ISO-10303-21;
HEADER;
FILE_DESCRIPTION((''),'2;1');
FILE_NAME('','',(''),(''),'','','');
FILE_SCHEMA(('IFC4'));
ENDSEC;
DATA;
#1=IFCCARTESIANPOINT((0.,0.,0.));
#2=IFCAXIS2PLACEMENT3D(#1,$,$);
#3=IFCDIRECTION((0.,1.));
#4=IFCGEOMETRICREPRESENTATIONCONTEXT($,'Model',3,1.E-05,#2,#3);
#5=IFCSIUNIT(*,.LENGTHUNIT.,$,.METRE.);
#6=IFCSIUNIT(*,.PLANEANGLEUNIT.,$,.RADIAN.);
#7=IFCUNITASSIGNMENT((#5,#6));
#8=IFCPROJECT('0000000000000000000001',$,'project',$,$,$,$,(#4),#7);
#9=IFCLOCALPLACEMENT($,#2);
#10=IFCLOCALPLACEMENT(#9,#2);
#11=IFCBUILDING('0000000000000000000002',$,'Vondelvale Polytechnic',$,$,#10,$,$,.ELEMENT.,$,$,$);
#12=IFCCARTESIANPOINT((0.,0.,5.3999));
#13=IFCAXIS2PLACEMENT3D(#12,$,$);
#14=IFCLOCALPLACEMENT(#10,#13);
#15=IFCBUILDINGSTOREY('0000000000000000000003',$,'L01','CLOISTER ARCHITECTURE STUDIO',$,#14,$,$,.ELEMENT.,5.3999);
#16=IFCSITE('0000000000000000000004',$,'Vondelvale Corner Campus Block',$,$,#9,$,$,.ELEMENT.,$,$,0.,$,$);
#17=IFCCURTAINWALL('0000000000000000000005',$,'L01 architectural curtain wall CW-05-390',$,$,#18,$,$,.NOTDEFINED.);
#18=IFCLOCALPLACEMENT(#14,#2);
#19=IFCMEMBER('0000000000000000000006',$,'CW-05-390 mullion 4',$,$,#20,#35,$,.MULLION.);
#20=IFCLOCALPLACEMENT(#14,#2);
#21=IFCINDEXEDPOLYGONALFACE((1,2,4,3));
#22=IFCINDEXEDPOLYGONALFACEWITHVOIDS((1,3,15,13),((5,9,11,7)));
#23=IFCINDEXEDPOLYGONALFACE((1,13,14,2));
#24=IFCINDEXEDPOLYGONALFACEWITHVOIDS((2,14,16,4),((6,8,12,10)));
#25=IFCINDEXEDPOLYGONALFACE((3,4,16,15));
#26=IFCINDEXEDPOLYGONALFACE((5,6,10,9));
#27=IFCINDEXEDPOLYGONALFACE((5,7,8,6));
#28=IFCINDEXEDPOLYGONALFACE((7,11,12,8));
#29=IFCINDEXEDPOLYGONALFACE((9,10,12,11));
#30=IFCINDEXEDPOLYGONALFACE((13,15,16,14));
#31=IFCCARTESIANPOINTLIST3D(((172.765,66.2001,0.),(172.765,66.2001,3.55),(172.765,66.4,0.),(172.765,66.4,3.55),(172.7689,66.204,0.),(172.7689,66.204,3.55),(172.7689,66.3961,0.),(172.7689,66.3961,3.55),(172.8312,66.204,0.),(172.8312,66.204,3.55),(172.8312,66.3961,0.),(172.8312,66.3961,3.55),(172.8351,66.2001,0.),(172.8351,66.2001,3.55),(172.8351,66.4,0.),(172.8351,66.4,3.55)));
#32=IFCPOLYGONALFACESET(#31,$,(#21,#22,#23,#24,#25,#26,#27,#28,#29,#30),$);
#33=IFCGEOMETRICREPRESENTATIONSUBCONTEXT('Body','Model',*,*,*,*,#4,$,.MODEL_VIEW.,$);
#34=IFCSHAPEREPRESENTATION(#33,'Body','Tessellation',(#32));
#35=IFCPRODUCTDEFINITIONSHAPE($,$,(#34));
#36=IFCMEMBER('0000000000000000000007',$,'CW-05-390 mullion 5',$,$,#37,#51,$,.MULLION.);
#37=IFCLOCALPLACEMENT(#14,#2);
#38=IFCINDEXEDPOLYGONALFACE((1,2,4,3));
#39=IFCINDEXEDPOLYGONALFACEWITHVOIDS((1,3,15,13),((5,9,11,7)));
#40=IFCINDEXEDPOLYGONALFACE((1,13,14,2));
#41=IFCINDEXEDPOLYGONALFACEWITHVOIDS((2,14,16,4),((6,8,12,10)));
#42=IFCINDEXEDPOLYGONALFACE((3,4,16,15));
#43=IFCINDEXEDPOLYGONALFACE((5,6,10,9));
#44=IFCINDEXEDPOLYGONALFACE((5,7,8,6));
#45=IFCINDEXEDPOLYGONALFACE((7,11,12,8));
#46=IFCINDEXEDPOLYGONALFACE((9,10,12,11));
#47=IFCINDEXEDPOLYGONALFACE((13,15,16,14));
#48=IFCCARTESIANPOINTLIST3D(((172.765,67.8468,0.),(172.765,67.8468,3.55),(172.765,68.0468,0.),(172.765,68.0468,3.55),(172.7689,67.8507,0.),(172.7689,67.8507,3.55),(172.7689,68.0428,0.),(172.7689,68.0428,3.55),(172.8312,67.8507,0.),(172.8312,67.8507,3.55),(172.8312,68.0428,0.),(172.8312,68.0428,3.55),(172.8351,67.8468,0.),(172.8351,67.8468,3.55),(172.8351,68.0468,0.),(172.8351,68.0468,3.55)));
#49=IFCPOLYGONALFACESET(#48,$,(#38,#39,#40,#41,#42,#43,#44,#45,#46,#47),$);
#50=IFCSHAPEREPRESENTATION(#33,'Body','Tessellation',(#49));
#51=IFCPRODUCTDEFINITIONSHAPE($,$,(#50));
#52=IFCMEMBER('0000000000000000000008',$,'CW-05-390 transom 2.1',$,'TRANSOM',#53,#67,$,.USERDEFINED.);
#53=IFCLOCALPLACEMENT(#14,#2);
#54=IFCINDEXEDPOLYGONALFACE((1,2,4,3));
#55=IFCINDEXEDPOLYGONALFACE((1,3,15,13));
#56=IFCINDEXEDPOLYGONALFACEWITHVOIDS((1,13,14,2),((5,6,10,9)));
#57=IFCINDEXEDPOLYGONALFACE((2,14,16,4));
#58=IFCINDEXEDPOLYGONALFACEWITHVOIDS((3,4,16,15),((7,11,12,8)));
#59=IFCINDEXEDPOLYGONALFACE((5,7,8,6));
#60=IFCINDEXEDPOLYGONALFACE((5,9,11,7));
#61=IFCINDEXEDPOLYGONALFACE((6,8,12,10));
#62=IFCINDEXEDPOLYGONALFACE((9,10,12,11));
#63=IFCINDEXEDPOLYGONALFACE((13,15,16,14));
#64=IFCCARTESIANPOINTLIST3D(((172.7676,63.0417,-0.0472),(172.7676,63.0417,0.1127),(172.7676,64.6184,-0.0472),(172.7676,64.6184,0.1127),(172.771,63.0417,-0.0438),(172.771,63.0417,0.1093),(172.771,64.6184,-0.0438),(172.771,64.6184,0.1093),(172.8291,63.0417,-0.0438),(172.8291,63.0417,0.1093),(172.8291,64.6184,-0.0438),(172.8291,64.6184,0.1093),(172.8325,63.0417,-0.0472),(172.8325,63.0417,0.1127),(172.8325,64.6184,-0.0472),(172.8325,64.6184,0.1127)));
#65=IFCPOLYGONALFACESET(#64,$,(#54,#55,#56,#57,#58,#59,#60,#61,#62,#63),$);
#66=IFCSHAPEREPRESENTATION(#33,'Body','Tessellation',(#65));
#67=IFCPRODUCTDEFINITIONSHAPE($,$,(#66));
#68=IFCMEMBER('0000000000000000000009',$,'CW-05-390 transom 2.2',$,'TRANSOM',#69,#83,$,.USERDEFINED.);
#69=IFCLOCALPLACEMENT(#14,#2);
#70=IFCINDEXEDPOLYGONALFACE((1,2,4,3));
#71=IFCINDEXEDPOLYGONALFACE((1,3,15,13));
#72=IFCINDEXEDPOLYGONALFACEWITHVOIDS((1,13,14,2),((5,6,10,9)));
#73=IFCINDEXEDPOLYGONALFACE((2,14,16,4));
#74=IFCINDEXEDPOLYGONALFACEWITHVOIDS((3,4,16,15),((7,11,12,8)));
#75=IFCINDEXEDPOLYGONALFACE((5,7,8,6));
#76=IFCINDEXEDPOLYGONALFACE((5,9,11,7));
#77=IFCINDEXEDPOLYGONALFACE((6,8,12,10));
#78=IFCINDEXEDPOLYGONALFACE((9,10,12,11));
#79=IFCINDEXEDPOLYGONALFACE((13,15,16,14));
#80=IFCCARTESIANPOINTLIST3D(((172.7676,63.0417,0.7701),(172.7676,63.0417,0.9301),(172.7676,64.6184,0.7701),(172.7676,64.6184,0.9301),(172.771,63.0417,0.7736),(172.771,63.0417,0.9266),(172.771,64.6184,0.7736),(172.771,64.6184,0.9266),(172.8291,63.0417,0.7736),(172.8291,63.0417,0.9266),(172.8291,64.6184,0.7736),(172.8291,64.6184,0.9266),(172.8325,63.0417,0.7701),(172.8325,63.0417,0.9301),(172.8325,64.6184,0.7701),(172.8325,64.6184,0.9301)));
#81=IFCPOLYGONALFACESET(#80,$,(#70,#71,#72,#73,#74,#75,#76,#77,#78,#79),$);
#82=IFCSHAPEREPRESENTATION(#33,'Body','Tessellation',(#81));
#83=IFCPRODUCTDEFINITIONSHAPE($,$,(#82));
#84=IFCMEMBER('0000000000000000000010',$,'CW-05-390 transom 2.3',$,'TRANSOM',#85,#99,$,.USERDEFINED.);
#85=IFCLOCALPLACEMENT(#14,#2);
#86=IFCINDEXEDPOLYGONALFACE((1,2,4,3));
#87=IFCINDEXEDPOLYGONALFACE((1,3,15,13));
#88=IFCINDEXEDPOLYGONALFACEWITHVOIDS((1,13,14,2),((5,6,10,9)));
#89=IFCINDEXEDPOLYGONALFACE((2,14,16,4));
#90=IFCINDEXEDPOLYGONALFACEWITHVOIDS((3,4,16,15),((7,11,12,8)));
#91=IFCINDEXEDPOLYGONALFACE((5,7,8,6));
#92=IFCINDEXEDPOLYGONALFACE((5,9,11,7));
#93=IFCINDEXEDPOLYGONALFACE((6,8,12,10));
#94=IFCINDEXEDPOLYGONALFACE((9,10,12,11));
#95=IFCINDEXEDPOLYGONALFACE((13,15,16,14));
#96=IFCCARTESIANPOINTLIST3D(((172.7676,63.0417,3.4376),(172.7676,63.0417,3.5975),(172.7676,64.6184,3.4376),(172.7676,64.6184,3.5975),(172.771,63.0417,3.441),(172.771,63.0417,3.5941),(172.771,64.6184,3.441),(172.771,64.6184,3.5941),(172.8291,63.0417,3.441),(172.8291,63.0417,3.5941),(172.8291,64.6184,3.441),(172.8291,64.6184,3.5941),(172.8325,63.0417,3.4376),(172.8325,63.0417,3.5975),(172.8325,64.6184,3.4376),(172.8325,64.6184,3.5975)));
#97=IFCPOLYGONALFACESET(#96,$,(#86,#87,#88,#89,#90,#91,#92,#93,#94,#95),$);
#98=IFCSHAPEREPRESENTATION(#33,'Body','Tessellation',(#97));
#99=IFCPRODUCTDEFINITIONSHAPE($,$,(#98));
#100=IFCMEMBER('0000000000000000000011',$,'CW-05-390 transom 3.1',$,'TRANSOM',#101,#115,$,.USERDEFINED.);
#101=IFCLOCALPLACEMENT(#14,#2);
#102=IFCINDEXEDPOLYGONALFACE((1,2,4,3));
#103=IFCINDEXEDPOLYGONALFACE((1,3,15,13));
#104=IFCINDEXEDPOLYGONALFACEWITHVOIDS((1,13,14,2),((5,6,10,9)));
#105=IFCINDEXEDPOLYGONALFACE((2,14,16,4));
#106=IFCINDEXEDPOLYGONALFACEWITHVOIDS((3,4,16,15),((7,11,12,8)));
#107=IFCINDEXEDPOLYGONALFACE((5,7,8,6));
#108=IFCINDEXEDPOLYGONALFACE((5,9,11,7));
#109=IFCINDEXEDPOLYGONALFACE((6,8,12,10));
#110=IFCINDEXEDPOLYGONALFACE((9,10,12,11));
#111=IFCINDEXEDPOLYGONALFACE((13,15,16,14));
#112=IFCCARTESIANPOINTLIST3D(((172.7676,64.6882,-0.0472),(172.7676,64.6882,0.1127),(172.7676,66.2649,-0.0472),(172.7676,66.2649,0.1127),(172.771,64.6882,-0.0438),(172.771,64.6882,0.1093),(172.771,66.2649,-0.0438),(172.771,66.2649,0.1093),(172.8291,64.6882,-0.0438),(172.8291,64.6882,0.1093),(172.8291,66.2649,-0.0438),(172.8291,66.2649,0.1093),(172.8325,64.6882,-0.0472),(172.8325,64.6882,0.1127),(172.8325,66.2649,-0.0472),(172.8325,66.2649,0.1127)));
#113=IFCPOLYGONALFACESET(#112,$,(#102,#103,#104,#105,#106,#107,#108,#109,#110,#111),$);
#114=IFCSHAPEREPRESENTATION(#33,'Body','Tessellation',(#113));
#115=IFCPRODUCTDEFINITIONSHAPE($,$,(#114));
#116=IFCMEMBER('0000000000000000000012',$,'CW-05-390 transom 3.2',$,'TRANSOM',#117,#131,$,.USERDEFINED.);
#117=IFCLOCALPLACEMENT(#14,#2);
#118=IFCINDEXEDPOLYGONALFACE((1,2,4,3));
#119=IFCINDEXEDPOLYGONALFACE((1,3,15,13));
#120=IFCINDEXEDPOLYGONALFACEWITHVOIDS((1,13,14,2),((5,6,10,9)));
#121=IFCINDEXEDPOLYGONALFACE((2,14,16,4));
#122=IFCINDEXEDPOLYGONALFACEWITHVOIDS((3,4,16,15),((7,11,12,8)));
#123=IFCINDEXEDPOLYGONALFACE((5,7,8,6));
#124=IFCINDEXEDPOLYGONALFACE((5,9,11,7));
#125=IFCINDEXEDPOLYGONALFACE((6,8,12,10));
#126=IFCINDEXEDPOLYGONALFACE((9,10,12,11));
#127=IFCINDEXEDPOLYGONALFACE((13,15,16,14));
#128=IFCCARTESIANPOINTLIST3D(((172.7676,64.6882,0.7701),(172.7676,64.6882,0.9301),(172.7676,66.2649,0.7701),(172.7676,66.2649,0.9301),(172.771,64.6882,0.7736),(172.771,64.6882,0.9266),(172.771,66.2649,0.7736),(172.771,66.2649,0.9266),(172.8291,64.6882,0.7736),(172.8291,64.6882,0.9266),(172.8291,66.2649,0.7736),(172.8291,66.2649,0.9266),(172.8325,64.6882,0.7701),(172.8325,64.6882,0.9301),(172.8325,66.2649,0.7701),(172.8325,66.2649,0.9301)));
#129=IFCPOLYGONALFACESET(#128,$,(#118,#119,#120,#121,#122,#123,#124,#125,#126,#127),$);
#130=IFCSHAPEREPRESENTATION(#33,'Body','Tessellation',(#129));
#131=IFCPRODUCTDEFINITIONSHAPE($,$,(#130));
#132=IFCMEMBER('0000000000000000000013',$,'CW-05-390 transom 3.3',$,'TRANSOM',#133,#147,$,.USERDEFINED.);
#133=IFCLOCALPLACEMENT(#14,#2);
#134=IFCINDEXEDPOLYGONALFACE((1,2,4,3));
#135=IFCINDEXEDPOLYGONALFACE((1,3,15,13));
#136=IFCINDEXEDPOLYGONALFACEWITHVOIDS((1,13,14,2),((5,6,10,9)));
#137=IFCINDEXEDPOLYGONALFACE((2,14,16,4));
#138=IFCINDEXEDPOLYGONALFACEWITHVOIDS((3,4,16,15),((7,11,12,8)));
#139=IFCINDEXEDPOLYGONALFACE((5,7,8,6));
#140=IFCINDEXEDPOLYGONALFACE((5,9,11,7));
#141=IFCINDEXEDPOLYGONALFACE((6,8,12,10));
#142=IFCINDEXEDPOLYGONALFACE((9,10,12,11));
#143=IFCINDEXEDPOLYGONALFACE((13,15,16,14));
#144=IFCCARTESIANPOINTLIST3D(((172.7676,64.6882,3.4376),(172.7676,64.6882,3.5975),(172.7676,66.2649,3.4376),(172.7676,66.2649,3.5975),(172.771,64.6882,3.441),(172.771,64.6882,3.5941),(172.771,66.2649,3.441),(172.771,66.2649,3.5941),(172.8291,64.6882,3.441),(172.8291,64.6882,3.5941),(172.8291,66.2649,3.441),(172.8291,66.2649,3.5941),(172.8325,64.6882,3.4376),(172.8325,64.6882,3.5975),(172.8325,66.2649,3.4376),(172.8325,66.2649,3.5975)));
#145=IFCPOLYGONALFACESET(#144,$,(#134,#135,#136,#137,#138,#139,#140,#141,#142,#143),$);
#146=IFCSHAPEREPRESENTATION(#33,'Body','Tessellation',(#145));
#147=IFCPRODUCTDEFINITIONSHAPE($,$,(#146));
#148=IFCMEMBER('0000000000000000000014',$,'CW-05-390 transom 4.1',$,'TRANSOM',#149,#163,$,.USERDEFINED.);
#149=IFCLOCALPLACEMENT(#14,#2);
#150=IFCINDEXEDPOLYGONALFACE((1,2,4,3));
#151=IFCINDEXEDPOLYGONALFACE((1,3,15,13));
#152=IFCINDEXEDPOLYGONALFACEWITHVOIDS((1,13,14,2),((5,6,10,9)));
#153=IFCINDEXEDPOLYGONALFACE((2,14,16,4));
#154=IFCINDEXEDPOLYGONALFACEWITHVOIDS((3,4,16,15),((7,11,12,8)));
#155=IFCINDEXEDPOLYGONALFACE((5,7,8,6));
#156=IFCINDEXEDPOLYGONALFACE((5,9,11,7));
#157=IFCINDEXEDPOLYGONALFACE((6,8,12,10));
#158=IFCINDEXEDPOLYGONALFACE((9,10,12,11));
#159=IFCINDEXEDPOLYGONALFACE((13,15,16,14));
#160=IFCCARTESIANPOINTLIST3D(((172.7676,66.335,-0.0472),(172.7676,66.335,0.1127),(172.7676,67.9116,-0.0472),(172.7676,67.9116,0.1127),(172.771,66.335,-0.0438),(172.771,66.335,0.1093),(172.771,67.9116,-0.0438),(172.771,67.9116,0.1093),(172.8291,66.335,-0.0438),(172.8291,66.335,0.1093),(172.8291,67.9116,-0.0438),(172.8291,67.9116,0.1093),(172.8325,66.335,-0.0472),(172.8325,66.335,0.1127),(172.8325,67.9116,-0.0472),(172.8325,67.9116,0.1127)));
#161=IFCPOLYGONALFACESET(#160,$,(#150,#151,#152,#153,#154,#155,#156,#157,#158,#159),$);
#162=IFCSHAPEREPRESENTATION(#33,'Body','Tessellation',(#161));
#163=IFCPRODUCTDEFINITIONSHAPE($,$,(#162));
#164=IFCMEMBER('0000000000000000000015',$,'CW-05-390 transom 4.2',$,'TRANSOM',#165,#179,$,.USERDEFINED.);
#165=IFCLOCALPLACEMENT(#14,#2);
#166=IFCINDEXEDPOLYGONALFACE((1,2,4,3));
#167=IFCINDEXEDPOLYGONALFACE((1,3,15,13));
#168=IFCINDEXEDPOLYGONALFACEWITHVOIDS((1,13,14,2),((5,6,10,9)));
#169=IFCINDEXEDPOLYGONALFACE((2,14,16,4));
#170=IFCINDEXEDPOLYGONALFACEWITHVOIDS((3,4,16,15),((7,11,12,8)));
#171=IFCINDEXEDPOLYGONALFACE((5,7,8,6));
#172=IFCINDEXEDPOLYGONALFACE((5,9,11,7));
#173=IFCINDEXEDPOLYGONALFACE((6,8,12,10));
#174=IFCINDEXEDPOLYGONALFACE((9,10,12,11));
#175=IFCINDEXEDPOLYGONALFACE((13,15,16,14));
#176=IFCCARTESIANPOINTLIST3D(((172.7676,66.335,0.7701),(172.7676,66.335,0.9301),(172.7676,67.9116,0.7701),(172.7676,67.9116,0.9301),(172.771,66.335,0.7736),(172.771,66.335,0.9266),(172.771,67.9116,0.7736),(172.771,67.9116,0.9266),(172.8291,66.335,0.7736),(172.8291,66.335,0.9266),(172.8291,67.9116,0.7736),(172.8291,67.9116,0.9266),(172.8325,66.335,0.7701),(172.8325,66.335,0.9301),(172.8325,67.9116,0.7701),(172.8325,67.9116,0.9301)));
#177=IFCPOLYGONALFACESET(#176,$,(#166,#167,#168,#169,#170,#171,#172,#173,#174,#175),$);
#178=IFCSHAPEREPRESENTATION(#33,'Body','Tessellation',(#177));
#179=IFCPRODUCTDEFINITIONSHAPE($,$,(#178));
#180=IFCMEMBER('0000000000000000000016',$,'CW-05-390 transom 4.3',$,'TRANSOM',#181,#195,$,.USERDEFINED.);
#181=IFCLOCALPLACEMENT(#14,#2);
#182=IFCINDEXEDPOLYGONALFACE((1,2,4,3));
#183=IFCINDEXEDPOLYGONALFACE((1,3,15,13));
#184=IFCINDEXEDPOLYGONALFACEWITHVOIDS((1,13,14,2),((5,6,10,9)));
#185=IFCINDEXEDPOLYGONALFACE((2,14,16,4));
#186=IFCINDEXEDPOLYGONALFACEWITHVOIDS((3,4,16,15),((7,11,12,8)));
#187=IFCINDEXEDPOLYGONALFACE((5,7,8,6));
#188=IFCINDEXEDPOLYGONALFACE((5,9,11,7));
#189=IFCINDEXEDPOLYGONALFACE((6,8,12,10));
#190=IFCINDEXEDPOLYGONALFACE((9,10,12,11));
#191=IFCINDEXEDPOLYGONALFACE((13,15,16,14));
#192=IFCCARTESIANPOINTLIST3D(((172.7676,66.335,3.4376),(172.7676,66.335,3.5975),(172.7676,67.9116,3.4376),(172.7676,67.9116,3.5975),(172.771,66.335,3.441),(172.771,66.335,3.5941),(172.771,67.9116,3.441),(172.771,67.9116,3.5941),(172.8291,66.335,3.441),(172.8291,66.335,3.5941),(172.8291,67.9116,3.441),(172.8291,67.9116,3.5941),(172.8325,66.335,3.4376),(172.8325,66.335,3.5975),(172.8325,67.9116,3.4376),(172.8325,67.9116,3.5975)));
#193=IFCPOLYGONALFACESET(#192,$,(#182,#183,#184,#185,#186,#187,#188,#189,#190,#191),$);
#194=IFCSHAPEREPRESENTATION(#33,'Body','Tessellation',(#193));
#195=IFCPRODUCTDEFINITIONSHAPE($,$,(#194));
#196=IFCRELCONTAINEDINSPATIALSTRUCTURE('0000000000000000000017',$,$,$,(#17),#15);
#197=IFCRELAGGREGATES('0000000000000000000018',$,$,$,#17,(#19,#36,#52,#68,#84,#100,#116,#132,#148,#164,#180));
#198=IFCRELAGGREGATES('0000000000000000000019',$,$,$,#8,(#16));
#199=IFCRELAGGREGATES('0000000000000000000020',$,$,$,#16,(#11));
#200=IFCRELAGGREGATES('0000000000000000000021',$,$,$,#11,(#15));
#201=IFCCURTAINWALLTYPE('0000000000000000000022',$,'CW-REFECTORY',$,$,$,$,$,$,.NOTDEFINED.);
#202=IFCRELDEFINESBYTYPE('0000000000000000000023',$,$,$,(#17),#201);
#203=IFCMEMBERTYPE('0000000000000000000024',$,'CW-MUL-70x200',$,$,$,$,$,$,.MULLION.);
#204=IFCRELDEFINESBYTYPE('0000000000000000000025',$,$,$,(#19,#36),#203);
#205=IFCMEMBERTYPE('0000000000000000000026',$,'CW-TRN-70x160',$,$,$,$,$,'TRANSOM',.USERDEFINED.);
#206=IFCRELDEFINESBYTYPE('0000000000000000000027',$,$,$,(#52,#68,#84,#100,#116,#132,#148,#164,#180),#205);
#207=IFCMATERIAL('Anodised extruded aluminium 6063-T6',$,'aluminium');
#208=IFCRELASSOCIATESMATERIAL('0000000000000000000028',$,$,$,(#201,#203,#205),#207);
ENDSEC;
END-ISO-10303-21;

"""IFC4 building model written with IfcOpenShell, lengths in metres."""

from ifc_helpers import new_model, si_unit, direction, frame, origin, origin_2d, place, context, subcontext, project, spatial, hollow_rectangle, extrude, material, material_profile, profile_set, type_object, element, aggregate, save


model = new_model("IFC4")

# Units and contexts
model_context = context("Model", 3, precision=1e-05, world=origin(), true_north=direction((0.0, 1.0)))
body_context = subcontext(model_context, "Body", "Model", "MODEL_VIEW")
ifc_project = project(units=[si_unit("LENGTHUNIT", "METRE"), si_unit("PLANEANGLEUNIT", "RADIAN")], contexts=[model_context])

# Site, building, storey
site_placement = place(None, origin())
site = spatial("IfcSite", under=ifc_project, at=site_placement, Name="Vondelvale Corner Campus Block", CompositionType="ELEMENT", RefElevation=0.0)
building_placement = place(site_placement, origin())
building = spatial("IfcBuilding", under=site, at=building_placement, Name="Vondelvale Polytechnic", CompositionType="ELEMENT")
storey_placement = place(building_placement, frame((0.0, 0.0, 5.3999)))
storey = spatial("IfcBuildingStorey", under=building, at=storey_placement, Name="L01", Description="CLOISTER ARCHITECTURE STUDIO", CompositionType="ELEMENT", Elevation=5.3999)

# Curtain wall, members
ifc_material_1 = material(Name="Anodised extruded aluminium 6063-T6", Category="aluminium")
curtain_wall_type = type_object("IfcCurtainWallType", Name="CW-REFECTORY", PredefinedType="NOTDEFINED", material=ifc_material_1)
curtain_wall_placement = place(storey_placement, origin())
curtain_wall = element("IfcCurtainWall", 1, at=curtain_wall_placement, inside=storey, type_object=curtain_wall_type, Name="L01 architectural curtain wall CW-05-390", PredefinedType="NOTDEFINED")
ifc_material_profile_1 = material_profile(ifc_material_1, hollow_rectangle(XDim=0.0701, YDim=0.2, WallThickness=0.0039, at=origin_2d()), Name="CW-MUL-200x70")
ifc_profile_set_1 = profile_set([ifc_material_profile_1], Name="Anodised extruded aluminium 6063-T6")
member_type_1 = type_object("IfcMemberType", Name="CW-MUL-70x200", PredefinedType="MULLION", material=ifc_profile_set_1)
member_1_placement = place(storey_placement, frame((172.8, 66.3, 0.0), z_axis=(0.0, 0.0, 1.0), x_axis=(-1.0, 0.0, 0.0)))
member_1 = element("IfcMember", 2, at=member_1_placement, type_object=member_type_1, Name="CW-05-390 mullion 4", PredefinedType="MULLION", context=body_context, shape_type="SweptSolid", body=[
    extrude(hollow_rectangle(XDim=0.0701, YDim=0.2, WallThickness=0.0039, at=origin_2d()), origin(), (0.0, 0.0, 1.0), 3.55),
])
member_2_placement = place(storey_placement, frame((172.8, 67.9468, 0.0), z_axis=(0.0, 0.0, 1.0), x_axis=(-1.0, 0.0, 0.0)))
member_2 = element("IfcMember", 3, at=member_2_placement, type_object=member_type_1, Name="CW-05-390 mullion 5", PredefinedType="MULLION", context=body_context, shape_type="SweptSolid", body=[
    extrude(hollow_rectangle(XDim=0.0701, YDim=0.2, WallThickness=0.0039, at=origin_2d()), origin(), (0.0, 0.0, 1.0), 3.55),
])
ifc_material_profile_2 = material_profile(ifc_material_1, hollow_rectangle(XDim=0.0649, YDim=0.1599, WallThickness=0.0034, at=origin_2d()), Name="CW-TRN-160x65")
ifc_profile_set_2 = profile_set([ifc_material_profile_2], Name="Anodised extruded aluminium 6063-T6")
member_type_2 = type_object("IfcMemberType", Name="CW-TRN-70x160", ElementType="TRANSOM", PredefinedType="USERDEFINED", material=ifc_profile_set_2)
member_3_placement = place(storey_placement, frame((172.8, 63.0417, 0.0327), z_axis=(0.0, 1.0, 0.0), x_axis=(-1.0, 0.0, 0.0)))
member_3 = element("IfcMember", 4, at=member_3_placement, type_object=member_type_2, Name="CW-05-390 transom 2.1", ObjectType="TRANSOM", PredefinedType="USERDEFINED", context=body_context, shape_type="SweptSolid", body=[
    extrude(hollow_rectangle(XDim=0.0649, YDim=0.1599, WallThickness=0.0034, at=origin_2d()), origin(), (0.0, 0.0, 1.0), 1.5767),
])
member_4_placement = place(storey_placement, frame((172.8, 63.0417, 0.8501), z_axis=(0.0, 1.0, 0.0), x_axis=(-1.0, 0.0, 0.0)))
member_4 = element("IfcMember", 5, at=member_4_placement, type_object=member_type_2, Name="CW-05-390 transom 2.2", ObjectType="TRANSOM", PredefinedType="USERDEFINED", context=body_context, shape_type="SweptSolid", body=[
    extrude(hollow_rectangle(XDim=0.0649, YDim=0.1599, WallThickness=0.0034, at=origin_2d()), origin(), (0.0, 0.0, 1.0), 1.5767),
])
member_5_placement = place(storey_placement, frame((172.8, 63.0417, 3.5176), z_axis=(0.0, 1.0, 0.0), x_axis=(-1.0, 0.0, 0.0)))
member_5 = element("IfcMember", 6, at=member_5_placement, type_object=member_type_2, Name="CW-05-390 transom 2.3", ObjectType="TRANSOM", PredefinedType="USERDEFINED", context=body_context, shape_type="SweptSolid", body=[
    extrude(hollow_rectangle(XDim=0.0649, YDim=0.1599, WallThickness=0.0034, at=origin_2d()), origin(), (0.0, 0.0, 1.0), 1.5767),
])
member_6_placement = place(storey_placement, frame((172.8, 64.6882, 0.0327), z_axis=(0.0, 1.0, 0.0), x_axis=(-1.0, 0.0, 0.0)))
member_6 = element("IfcMember", 7, at=member_6_placement, type_object=member_type_2, Name="CW-05-390 transom 3.1", ObjectType="TRANSOM", PredefinedType="USERDEFINED", context=body_context, shape_type="SweptSolid", body=[
    extrude(hollow_rectangle(XDim=0.0649, YDim=0.1599, WallThickness=0.0034, at=origin_2d()), origin(), (0.0, 0.0, 1.0), 1.5767),
])
member_7_placement = place(storey_placement, frame((172.8, 64.6882, 0.8501), z_axis=(0.0, 1.0, 0.0), x_axis=(-1.0, 0.0, 0.0)))
member_7 = element("IfcMember", 8, at=member_7_placement, type_object=member_type_2, Name="CW-05-390 transom 3.2", ObjectType="TRANSOM", PredefinedType="USERDEFINED", context=body_context, shape_type="SweptSolid", body=[
    extrude(hollow_rectangle(XDim=0.0649, YDim=0.1599, WallThickness=0.0034, at=origin_2d()), origin(), (0.0, 0.0, 1.0), 1.5767),
])
member_8_placement = place(storey_placement, frame((172.8, 64.6882, 3.5176), z_axis=(0.0, 1.0, 0.0), x_axis=(-1.0, 0.0, 0.0)))
member_8 = element("IfcMember", 9, at=member_8_placement, type_object=member_type_2, Name="CW-05-390 transom 3.3", ObjectType="TRANSOM", PredefinedType="USERDEFINED", context=body_context, shape_type="SweptSolid", body=[
    extrude(hollow_rectangle(XDim=0.0649, YDim=0.1599, WallThickness=0.0034, at=origin_2d()), origin(), (0.0, 0.0, 1.0), 1.5767),
])
member_9_placement = place(storey_placement, frame((172.8, 66.335, 0.0327), z_axis=(0.0, 1.0, 0.0), x_axis=(-1.0, 0.0, 0.0)))
member_9 = element("IfcMember", 10, at=member_9_placement, type_object=member_type_2, Name="CW-05-390 transom 4.1", ObjectType="TRANSOM", PredefinedType="USERDEFINED", context=body_context, shape_type="SweptSolid", body=[
    extrude(hollow_rectangle(XDim=0.0649, YDim=0.1599, WallThickness=0.0034, at=origin_2d()), origin(), (0.0, 0.0, 1.0), 1.5767),
])
member_10_placement = place(storey_placement, frame((172.8, 66.335, 0.8501), z_axis=(0.0, 1.0, 0.0), x_axis=(-1.0, 0.0, 0.0)))
member_10 = element("IfcMember", 11, at=member_10_placement, type_object=member_type_2, Name="CW-05-390 transom 4.2", ObjectType="TRANSOM", PredefinedType="USERDEFINED", context=body_context, shape_type="SweptSolid", body=[
    extrude(hollow_rectangle(XDim=0.0649, YDim=0.1599, WallThickness=0.0034, at=origin_2d()), origin(), (0.0, 0.0, 1.0), 1.5767),
])
member_11_placement = place(storey_placement, frame((172.8, 66.335, 3.5176), z_axis=(0.0, 1.0, 0.0), x_axis=(-1.0, 0.0, 0.0)))
member_11 = element("IfcMember", 12, at=member_11_placement, type_object=member_type_2, Name="CW-05-390 transom 4.3", ObjectType="TRANSOM", PredefinedType="USERDEFINED", context=body_context, shape_type="SweptSolid", body=[
    extrude(hollow_rectangle(XDim=0.0649, YDim=0.1599, WallThickness=0.0034, at=origin_2d()), origin(), (0.0, 0.0, 1.0), 1.5767),
])
aggregate(curtain_wall, [member_1, member_2, member_3, member_4, member_5, member_6, member_7, member_8, member_9, member_10, member_11])

save(model, "model.ifc")
